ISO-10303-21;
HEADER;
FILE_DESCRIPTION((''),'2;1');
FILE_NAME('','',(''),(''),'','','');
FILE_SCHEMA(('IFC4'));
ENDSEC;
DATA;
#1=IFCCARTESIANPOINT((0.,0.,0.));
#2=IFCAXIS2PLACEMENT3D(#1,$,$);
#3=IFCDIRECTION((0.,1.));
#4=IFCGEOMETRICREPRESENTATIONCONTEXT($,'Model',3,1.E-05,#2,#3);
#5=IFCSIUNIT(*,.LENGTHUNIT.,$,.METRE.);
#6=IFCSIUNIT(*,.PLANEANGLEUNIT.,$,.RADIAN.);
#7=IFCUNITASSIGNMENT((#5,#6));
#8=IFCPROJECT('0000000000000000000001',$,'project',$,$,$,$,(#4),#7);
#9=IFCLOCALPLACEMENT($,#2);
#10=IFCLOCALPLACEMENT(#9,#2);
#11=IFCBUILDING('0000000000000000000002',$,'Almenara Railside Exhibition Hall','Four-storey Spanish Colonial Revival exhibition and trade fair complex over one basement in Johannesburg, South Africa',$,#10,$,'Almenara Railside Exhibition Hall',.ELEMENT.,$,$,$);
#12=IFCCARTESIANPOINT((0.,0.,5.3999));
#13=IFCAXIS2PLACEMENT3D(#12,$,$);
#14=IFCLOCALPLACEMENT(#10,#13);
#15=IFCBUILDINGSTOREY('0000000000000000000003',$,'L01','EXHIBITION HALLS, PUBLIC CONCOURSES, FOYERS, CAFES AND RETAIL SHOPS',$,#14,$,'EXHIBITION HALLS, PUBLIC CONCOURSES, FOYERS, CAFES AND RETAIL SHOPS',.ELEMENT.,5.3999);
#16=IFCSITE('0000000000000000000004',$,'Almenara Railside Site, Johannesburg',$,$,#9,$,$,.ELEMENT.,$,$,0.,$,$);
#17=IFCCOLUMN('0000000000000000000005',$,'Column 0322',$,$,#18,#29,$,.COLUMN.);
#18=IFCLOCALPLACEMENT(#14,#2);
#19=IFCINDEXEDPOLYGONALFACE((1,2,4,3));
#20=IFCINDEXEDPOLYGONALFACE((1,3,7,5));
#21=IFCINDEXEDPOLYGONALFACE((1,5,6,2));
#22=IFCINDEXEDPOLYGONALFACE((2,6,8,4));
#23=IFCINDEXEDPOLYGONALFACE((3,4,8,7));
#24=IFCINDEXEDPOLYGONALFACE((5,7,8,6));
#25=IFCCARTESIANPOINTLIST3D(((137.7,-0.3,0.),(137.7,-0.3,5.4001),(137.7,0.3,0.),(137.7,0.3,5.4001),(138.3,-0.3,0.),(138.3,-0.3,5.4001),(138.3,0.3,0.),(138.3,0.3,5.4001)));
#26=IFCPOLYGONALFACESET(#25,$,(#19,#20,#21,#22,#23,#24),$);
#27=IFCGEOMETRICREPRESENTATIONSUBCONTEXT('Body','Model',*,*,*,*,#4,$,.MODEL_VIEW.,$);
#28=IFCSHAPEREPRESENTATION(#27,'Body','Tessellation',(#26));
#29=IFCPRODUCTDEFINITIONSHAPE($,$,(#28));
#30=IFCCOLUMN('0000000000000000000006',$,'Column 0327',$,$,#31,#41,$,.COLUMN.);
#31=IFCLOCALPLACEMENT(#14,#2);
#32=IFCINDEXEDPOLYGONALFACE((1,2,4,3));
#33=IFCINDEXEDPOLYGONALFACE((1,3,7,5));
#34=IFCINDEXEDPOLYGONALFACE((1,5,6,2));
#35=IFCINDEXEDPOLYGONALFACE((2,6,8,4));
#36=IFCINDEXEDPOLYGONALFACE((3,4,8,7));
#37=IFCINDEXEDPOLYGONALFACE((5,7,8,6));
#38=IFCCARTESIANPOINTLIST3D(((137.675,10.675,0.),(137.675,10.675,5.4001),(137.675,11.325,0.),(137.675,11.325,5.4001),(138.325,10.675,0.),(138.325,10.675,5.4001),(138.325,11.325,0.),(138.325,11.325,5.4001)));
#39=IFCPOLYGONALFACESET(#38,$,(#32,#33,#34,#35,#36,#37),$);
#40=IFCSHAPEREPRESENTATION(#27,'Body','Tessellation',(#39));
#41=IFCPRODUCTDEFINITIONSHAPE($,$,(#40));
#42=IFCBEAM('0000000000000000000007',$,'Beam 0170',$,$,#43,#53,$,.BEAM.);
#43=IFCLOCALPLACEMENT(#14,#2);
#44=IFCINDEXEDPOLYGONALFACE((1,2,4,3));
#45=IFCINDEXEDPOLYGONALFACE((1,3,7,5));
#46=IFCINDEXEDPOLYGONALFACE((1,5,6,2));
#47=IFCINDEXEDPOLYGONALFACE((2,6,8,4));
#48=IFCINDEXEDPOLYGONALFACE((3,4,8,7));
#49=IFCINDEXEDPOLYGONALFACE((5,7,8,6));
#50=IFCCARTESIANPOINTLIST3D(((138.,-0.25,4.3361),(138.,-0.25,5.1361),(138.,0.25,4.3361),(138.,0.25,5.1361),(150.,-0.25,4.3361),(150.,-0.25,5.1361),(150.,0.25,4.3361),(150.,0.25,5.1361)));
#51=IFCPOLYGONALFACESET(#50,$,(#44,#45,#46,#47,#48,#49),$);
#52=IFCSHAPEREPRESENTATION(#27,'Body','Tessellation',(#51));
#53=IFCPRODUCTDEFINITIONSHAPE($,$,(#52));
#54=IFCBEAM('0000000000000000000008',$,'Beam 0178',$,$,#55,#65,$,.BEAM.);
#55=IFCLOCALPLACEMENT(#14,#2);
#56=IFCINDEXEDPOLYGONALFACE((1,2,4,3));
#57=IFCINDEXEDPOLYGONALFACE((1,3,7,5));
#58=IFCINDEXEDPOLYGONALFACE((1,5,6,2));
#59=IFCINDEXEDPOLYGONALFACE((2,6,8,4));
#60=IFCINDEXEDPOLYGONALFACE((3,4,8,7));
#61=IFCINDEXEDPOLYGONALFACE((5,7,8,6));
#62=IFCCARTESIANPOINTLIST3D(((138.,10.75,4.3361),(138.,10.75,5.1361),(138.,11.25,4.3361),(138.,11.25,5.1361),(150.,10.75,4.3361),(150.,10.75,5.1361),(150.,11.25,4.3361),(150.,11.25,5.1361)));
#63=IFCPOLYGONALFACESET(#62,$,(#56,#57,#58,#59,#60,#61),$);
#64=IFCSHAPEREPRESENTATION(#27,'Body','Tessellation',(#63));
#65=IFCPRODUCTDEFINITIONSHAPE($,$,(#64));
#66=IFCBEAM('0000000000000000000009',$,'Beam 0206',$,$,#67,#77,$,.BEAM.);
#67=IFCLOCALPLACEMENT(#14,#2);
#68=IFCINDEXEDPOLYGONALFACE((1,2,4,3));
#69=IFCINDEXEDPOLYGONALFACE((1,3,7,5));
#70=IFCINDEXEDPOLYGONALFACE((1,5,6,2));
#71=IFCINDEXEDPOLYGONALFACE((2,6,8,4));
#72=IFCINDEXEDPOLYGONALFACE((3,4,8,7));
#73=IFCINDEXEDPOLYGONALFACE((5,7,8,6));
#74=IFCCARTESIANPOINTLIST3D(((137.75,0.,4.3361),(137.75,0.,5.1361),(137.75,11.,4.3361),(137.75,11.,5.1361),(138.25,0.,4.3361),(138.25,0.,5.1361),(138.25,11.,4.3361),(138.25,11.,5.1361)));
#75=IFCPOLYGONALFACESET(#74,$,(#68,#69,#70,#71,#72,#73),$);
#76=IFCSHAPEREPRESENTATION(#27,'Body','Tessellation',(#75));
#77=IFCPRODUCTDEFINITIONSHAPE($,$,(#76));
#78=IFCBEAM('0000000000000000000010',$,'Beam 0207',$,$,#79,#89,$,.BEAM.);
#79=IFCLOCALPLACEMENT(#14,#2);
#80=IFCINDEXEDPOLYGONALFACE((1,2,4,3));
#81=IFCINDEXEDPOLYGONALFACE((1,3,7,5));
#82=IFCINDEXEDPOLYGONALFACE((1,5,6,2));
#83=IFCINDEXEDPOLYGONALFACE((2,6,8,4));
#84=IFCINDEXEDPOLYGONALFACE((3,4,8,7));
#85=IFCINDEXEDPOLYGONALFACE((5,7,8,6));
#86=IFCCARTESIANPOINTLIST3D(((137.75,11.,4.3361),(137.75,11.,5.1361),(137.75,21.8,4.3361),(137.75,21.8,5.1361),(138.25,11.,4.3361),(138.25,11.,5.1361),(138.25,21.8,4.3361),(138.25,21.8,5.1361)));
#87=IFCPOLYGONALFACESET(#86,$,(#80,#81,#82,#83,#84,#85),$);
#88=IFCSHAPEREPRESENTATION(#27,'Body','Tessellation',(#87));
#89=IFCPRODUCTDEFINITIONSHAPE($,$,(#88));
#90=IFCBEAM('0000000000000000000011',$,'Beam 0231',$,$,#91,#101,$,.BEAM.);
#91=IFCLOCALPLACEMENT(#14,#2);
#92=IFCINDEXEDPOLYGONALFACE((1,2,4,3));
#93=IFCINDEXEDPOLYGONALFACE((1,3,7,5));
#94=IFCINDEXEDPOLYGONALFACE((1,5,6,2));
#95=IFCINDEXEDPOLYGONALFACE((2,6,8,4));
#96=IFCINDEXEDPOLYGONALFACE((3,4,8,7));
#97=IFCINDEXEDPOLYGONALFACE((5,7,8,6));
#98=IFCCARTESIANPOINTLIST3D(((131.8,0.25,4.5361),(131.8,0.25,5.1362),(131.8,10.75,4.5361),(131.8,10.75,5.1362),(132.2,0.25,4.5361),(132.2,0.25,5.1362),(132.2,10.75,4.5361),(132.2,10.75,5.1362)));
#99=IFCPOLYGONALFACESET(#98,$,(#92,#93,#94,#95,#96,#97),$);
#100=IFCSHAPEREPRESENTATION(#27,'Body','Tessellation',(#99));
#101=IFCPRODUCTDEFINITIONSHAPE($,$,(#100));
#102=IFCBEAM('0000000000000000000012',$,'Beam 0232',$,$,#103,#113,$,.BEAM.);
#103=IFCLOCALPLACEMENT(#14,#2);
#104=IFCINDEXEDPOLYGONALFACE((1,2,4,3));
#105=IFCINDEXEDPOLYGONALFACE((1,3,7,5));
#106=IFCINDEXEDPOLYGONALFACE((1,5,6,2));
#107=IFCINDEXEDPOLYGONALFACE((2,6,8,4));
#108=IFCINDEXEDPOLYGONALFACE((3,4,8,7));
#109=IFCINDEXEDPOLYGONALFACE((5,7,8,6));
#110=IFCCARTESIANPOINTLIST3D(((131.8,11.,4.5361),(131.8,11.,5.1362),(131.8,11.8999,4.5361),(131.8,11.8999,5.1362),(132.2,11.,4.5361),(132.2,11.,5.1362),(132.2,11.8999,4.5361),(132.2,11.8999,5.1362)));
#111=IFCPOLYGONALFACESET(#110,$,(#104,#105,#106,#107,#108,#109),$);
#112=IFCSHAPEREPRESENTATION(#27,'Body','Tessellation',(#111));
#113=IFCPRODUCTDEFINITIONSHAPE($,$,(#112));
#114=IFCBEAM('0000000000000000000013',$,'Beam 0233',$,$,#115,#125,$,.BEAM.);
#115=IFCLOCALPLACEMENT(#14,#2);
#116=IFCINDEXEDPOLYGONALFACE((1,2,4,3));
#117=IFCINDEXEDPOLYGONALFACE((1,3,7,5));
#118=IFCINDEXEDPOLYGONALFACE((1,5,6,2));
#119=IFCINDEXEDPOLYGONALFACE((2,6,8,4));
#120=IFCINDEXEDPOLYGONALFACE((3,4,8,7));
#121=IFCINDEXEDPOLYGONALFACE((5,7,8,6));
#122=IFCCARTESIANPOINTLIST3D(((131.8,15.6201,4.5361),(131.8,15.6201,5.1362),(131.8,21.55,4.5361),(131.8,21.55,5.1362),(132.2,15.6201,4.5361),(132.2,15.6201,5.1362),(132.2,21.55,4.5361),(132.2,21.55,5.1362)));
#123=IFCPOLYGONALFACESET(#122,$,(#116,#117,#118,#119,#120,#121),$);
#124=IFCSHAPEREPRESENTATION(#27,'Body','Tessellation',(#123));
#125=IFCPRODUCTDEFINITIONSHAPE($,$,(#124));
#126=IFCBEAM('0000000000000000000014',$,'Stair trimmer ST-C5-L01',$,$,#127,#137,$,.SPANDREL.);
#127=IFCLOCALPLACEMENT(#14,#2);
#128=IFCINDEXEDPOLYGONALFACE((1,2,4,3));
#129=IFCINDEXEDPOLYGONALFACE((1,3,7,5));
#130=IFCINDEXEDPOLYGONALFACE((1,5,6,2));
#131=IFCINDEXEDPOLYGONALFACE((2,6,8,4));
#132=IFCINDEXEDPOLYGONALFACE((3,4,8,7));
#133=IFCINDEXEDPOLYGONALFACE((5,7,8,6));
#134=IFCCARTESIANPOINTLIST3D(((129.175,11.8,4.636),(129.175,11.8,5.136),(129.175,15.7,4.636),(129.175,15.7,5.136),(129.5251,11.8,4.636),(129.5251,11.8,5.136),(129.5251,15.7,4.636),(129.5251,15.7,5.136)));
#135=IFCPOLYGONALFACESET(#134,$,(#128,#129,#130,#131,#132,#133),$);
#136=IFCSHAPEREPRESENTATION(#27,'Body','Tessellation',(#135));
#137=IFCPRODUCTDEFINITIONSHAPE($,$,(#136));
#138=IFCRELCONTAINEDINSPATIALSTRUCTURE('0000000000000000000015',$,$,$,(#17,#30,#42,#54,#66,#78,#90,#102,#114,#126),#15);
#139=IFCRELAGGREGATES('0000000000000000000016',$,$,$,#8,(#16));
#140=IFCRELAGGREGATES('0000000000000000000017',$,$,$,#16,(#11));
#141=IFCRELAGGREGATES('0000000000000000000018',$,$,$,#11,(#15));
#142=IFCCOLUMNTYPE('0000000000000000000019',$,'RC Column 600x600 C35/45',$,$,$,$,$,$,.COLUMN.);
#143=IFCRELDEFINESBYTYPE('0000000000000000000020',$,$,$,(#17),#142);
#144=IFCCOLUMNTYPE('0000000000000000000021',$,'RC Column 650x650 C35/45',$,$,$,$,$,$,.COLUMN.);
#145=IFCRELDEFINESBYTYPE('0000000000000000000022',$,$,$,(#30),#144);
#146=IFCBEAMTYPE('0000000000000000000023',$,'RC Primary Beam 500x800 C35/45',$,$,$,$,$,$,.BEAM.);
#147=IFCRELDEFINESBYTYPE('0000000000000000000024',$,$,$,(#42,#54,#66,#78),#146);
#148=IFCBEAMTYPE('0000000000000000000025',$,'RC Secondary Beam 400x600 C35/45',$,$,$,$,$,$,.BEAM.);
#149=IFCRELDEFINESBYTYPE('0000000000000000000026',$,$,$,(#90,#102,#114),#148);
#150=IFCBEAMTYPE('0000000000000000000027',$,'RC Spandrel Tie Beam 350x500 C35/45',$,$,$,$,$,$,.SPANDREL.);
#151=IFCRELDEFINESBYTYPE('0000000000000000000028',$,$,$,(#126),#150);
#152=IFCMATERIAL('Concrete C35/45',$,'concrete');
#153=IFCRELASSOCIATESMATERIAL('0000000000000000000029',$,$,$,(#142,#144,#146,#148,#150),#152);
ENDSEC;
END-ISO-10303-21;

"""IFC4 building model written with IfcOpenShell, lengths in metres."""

from ifc_helpers import new_model, si_unit, direction, frame, origin, origin_2d, place, context, subcontext, project, spatial, rectangle, extrude, material, material_profile, profile_set, type_object, element, save


model = new_model("IFC4")

# Units and contexts
model_context = context("Model", 3, precision=1e-05, world=origin(), true_north=direction((0.0, 1.0)))
body_context = subcontext(model_context, "Body", "Model", "MODEL_VIEW")
ifc_project = project(units=[si_unit("LENGTHUNIT", "METRE"), si_unit("PLANEANGLEUNIT", "RADIAN")], contexts=[model_context])

# Site, building, storey
site_placement = place(None, origin())
site = spatial("IfcSite", under=ifc_project, at=site_placement, Name="Almenara Railside Site, Johannesburg", CompositionType="ELEMENT", RefElevation=0.0)
building_placement = place(site_placement, origin())
building = spatial("IfcBuilding", under=site, at=building_placement, Name="Almenara Railside Exhibition Hall", Description="Four-storey Spanish Colonial Revival exhibition and trade fair complex over one basement in Johannesburg, South Africa", LongName="Almenara Railside Exhibition Hall", CompositionType="ELEMENT")
storey_placement = place(building_placement, frame((0.0, 0.0, 5.3999)))
storey = spatial("IfcBuildingStorey", under=building, at=storey_placement, Name="L01", Description="EXHIBITION HALLS, PUBLIC CONCOURSES, FOYERS, CAFES AND RETAIL SHOPS", LongName="EXHIBITION HALLS, PUBLIC CONCOURSES, FOYERS, CAFES AND RETAIL SHOPS", CompositionType="ELEMENT", Elevation=5.3999)

# Columns
ifc_material_1 = material(Name="Concrete C35/45", Category="concrete")
ifc_material_profile_1 = material_profile(ifc_material_1, rectangle(XDim=0.6001, YDim=0.6001, at=origin_2d()), Name="RC 600x600")
ifc_profile_set_1 = profile_set([ifc_material_profile_1], Name="Concrete C35/45")
column_type_1 = type_object("IfcColumnType", Name="RC Column 600x600 C35/45", PredefinedType="COLUMN", material=ifc_profile_set_1)
column_1_placement = place(storey_placement, frame((138.0, 0.0, 0.0), z_axis=(0.0, 0.0, 1.0), x_axis=(1.0, 0.0, 0.0)))
element("IfcColumn", 1, at=column_1_placement, inside=storey, type_object=column_type_1, Name="Column 0322", PredefinedType="COLUMN", context=body_context, shape_type="SweptSolid", body=[
    extrude(rectangle(XDim=0.6001, YDim=0.6001, at=origin_2d()), origin(), (0.0, 0.0, 1.0), 5.4001),
])
ifc_material_profile_2 = material_profile(ifc_material_1, rectangle(XDim=0.6499, YDim=0.6499, at=origin_2d()), Name="RC 650x650")
ifc_profile_set_2 = profile_set([ifc_material_profile_2], Name="Concrete C35/45")
column_type_2 = type_object("IfcColumnType", Name="RC Column 650x650 C35/45", PredefinedType="COLUMN", material=ifc_profile_set_2)
column_2_placement = place(storey_placement, frame((138.0, 11.0, 0.0), z_axis=(0.0, 0.0, 1.0), x_axis=(1.0, 0.0, 0.0)))
element("IfcColumn", 2, at=column_2_placement, inside=storey, type_object=column_type_2, Name="Column 0327", PredefinedType="COLUMN", context=body_context, shape_type="SweptSolid", body=[
    extrude(rectangle(XDim=0.6499, YDim=0.6499, at=origin_2d()), origin(), (0.0, 0.0, 1.0), 5.4001),
])

# Beams
ifc_material_profile_3 = material_profile(ifc_material_1, rectangle(XDim=0.5, YDim=0.8, at=origin_2d()), Name="RC 500x800")
ifc_profile_set_3 = profile_set([ifc_material_profile_3], Name="Concrete C35/45")
beam_type_1 = type_object("IfcBeamType", Name="RC Primary Beam 500x800 C35/45", PredefinedType="BEAM", material=ifc_profile_set_3)
for number, where, z_axis, x_axis, name in (
    (3, (138.0, 0.0, 4.7361), (1.0, 0.0, 0.0), (0.0, 1.0, 0.0), "Beam 0170"),
    (4, (138.0, 11.0, 4.7361), (1.0, 0.0, 0.0), (0.0, 1.0, 0.0), "Beam 0178"),
):
    element("IfcBeam", number, at=place(storey_placement, frame(where, z_axis=z_axis, x_axis=x_axis)), inside=storey, type_object=beam_type_1, Name=name, PredefinedType="BEAM", context=body_context, shape_type="SweptSolid", body=[
        extrude(rectangle(XDim=0.5, YDim=0.8, at=origin_2d()), origin(), (0.0, 0.0, 1.0), 12.0),
    ])
beam_1_placement = place(storey_placement, frame((138.0, 0.0, 4.7361), z_axis=(0.0, 1.0, 0.0), x_axis=(-1.0, 0.0, 0.0)))
element("IfcBeam", 5, at=beam_1_placement, inside=storey, type_object=beam_type_1, Name="Beam 0206", PredefinedType="BEAM", context=body_context, shape_type="SweptSolid", body=[
    extrude(rectangle(XDim=0.5, YDim=0.8, at=origin_2d()), origin(), (0.0, 0.0, 1.0), 11.0),
])
beam_2_placement = place(storey_placement, frame((138.0, 11.0, 4.7361), z_axis=(0.0, 1.0, 0.0), x_axis=(-1.0, 0.0, 0.0)))
element("IfcBeam", 6, at=beam_2_placement, inside=storey, type_object=beam_type_1, Name="Beam 0207", PredefinedType="BEAM", context=body_context, shape_type="SweptSolid", body=[
    extrude(rectangle(XDim=0.5, YDim=0.8, at=origin_2d()), origin(), (0.0, 0.0, 1.0), 10.8),
])
ifc_material_profile_4 = material_profile(ifc_material_1, rectangle(XDim=0.3999, YDim=0.6001, at=origin_2d()), Name="RC 400x600")
ifc_profile_set_4 = profile_set([ifc_material_profile_4], Name="Concrete C35/45")
beam_type_2 = type_object("IfcBeamType", Name="RC Secondary Beam 400x600 C35/45", PredefinedType="BEAM", material=ifc_profile_set_4)
beam_3_placement = place(storey_placement, frame((132.0, 0.25, 4.8362), z_axis=(0.0, 1.0, 0.0), x_axis=(-1.0, 0.0, 0.0)))
element("IfcBeam", 7, at=beam_3_placement, inside=storey, type_object=beam_type_2, Name="Beam 0231", PredefinedType="BEAM", context=body_context, shape_type="SweptSolid", body=[
    extrude(rectangle(XDim=0.3999, YDim=0.6001, at=origin_2d()), origin(), (0.0, 0.0, 1.0), 10.5),
])
beam_4_placement = place(storey_placement, frame((132.0, 11.0, 4.8362), z_axis=(0.0, 1.0, 0.0), x_axis=(-1.0, 0.0, 0.0)))
element("IfcBeam", 8, at=beam_4_placement, inside=storey, type_object=beam_type_2, Name="Beam 0232", PredefinedType="BEAM", context=body_context, shape_type="SweptSolid", body=[
    extrude(rectangle(XDim=0.3999, YDim=0.6001, at=origin_2d()), origin(), (0.0, 0.0, 1.0), 0.8999),
])
beam_5_placement = place(storey_placement, frame((132.0, 15.6201, 4.8362), z_axis=(0.0, 1.0, 0.0), x_axis=(-1.0, 0.0, 0.0)))
element("IfcBeam", 9, at=beam_5_placement, inside=storey, type_object=beam_type_2, Name="Beam 0233", PredefinedType="BEAM", context=body_context, shape_type="SweptSolid", body=[
    extrude(rectangle(XDim=0.3999, YDim=0.6001, at=origin_2d()), origin(), (0.0, 0.0, 1.0), 5.9299),
])
ifc_material_profile_5 = material_profile(ifc_material_1, rectangle(XDim=0.3501, YDim=0.5, at=origin_2d()), Name="RC 350x500")
ifc_profile_set_5 = profile_set([ifc_material_profile_5], Name="Concrete C35/45")
beam_type_3 = type_object("IfcBeamType", Name="RC Spandrel Tie Beam 350x500 C35/45", PredefinedType="SPANDREL", material=ifc_profile_set_5)
beam_6_placement = place(storey_placement, frame((129.3501, 11.8, 4.886), z_axis=(0.0, 1.0, 0.0), x_axis=(-1.0, 0.0, 0.0)))
element("IfcBeam", 10, at=beam_6_placement, inside=storey, type_object=beam_type_3, Name="Stair trimmer ST-C5-L01", PredefinedType="SPANDREL", context=body_context, shape_type="SweptSolid", body=[
    extrude(rectangle(XDim=0.3501, YDim=0.5, at=origin_2d()), origin(), (0.0, 0.0, 1.0), 3.8999),
])

save(model, "model.ifc")
